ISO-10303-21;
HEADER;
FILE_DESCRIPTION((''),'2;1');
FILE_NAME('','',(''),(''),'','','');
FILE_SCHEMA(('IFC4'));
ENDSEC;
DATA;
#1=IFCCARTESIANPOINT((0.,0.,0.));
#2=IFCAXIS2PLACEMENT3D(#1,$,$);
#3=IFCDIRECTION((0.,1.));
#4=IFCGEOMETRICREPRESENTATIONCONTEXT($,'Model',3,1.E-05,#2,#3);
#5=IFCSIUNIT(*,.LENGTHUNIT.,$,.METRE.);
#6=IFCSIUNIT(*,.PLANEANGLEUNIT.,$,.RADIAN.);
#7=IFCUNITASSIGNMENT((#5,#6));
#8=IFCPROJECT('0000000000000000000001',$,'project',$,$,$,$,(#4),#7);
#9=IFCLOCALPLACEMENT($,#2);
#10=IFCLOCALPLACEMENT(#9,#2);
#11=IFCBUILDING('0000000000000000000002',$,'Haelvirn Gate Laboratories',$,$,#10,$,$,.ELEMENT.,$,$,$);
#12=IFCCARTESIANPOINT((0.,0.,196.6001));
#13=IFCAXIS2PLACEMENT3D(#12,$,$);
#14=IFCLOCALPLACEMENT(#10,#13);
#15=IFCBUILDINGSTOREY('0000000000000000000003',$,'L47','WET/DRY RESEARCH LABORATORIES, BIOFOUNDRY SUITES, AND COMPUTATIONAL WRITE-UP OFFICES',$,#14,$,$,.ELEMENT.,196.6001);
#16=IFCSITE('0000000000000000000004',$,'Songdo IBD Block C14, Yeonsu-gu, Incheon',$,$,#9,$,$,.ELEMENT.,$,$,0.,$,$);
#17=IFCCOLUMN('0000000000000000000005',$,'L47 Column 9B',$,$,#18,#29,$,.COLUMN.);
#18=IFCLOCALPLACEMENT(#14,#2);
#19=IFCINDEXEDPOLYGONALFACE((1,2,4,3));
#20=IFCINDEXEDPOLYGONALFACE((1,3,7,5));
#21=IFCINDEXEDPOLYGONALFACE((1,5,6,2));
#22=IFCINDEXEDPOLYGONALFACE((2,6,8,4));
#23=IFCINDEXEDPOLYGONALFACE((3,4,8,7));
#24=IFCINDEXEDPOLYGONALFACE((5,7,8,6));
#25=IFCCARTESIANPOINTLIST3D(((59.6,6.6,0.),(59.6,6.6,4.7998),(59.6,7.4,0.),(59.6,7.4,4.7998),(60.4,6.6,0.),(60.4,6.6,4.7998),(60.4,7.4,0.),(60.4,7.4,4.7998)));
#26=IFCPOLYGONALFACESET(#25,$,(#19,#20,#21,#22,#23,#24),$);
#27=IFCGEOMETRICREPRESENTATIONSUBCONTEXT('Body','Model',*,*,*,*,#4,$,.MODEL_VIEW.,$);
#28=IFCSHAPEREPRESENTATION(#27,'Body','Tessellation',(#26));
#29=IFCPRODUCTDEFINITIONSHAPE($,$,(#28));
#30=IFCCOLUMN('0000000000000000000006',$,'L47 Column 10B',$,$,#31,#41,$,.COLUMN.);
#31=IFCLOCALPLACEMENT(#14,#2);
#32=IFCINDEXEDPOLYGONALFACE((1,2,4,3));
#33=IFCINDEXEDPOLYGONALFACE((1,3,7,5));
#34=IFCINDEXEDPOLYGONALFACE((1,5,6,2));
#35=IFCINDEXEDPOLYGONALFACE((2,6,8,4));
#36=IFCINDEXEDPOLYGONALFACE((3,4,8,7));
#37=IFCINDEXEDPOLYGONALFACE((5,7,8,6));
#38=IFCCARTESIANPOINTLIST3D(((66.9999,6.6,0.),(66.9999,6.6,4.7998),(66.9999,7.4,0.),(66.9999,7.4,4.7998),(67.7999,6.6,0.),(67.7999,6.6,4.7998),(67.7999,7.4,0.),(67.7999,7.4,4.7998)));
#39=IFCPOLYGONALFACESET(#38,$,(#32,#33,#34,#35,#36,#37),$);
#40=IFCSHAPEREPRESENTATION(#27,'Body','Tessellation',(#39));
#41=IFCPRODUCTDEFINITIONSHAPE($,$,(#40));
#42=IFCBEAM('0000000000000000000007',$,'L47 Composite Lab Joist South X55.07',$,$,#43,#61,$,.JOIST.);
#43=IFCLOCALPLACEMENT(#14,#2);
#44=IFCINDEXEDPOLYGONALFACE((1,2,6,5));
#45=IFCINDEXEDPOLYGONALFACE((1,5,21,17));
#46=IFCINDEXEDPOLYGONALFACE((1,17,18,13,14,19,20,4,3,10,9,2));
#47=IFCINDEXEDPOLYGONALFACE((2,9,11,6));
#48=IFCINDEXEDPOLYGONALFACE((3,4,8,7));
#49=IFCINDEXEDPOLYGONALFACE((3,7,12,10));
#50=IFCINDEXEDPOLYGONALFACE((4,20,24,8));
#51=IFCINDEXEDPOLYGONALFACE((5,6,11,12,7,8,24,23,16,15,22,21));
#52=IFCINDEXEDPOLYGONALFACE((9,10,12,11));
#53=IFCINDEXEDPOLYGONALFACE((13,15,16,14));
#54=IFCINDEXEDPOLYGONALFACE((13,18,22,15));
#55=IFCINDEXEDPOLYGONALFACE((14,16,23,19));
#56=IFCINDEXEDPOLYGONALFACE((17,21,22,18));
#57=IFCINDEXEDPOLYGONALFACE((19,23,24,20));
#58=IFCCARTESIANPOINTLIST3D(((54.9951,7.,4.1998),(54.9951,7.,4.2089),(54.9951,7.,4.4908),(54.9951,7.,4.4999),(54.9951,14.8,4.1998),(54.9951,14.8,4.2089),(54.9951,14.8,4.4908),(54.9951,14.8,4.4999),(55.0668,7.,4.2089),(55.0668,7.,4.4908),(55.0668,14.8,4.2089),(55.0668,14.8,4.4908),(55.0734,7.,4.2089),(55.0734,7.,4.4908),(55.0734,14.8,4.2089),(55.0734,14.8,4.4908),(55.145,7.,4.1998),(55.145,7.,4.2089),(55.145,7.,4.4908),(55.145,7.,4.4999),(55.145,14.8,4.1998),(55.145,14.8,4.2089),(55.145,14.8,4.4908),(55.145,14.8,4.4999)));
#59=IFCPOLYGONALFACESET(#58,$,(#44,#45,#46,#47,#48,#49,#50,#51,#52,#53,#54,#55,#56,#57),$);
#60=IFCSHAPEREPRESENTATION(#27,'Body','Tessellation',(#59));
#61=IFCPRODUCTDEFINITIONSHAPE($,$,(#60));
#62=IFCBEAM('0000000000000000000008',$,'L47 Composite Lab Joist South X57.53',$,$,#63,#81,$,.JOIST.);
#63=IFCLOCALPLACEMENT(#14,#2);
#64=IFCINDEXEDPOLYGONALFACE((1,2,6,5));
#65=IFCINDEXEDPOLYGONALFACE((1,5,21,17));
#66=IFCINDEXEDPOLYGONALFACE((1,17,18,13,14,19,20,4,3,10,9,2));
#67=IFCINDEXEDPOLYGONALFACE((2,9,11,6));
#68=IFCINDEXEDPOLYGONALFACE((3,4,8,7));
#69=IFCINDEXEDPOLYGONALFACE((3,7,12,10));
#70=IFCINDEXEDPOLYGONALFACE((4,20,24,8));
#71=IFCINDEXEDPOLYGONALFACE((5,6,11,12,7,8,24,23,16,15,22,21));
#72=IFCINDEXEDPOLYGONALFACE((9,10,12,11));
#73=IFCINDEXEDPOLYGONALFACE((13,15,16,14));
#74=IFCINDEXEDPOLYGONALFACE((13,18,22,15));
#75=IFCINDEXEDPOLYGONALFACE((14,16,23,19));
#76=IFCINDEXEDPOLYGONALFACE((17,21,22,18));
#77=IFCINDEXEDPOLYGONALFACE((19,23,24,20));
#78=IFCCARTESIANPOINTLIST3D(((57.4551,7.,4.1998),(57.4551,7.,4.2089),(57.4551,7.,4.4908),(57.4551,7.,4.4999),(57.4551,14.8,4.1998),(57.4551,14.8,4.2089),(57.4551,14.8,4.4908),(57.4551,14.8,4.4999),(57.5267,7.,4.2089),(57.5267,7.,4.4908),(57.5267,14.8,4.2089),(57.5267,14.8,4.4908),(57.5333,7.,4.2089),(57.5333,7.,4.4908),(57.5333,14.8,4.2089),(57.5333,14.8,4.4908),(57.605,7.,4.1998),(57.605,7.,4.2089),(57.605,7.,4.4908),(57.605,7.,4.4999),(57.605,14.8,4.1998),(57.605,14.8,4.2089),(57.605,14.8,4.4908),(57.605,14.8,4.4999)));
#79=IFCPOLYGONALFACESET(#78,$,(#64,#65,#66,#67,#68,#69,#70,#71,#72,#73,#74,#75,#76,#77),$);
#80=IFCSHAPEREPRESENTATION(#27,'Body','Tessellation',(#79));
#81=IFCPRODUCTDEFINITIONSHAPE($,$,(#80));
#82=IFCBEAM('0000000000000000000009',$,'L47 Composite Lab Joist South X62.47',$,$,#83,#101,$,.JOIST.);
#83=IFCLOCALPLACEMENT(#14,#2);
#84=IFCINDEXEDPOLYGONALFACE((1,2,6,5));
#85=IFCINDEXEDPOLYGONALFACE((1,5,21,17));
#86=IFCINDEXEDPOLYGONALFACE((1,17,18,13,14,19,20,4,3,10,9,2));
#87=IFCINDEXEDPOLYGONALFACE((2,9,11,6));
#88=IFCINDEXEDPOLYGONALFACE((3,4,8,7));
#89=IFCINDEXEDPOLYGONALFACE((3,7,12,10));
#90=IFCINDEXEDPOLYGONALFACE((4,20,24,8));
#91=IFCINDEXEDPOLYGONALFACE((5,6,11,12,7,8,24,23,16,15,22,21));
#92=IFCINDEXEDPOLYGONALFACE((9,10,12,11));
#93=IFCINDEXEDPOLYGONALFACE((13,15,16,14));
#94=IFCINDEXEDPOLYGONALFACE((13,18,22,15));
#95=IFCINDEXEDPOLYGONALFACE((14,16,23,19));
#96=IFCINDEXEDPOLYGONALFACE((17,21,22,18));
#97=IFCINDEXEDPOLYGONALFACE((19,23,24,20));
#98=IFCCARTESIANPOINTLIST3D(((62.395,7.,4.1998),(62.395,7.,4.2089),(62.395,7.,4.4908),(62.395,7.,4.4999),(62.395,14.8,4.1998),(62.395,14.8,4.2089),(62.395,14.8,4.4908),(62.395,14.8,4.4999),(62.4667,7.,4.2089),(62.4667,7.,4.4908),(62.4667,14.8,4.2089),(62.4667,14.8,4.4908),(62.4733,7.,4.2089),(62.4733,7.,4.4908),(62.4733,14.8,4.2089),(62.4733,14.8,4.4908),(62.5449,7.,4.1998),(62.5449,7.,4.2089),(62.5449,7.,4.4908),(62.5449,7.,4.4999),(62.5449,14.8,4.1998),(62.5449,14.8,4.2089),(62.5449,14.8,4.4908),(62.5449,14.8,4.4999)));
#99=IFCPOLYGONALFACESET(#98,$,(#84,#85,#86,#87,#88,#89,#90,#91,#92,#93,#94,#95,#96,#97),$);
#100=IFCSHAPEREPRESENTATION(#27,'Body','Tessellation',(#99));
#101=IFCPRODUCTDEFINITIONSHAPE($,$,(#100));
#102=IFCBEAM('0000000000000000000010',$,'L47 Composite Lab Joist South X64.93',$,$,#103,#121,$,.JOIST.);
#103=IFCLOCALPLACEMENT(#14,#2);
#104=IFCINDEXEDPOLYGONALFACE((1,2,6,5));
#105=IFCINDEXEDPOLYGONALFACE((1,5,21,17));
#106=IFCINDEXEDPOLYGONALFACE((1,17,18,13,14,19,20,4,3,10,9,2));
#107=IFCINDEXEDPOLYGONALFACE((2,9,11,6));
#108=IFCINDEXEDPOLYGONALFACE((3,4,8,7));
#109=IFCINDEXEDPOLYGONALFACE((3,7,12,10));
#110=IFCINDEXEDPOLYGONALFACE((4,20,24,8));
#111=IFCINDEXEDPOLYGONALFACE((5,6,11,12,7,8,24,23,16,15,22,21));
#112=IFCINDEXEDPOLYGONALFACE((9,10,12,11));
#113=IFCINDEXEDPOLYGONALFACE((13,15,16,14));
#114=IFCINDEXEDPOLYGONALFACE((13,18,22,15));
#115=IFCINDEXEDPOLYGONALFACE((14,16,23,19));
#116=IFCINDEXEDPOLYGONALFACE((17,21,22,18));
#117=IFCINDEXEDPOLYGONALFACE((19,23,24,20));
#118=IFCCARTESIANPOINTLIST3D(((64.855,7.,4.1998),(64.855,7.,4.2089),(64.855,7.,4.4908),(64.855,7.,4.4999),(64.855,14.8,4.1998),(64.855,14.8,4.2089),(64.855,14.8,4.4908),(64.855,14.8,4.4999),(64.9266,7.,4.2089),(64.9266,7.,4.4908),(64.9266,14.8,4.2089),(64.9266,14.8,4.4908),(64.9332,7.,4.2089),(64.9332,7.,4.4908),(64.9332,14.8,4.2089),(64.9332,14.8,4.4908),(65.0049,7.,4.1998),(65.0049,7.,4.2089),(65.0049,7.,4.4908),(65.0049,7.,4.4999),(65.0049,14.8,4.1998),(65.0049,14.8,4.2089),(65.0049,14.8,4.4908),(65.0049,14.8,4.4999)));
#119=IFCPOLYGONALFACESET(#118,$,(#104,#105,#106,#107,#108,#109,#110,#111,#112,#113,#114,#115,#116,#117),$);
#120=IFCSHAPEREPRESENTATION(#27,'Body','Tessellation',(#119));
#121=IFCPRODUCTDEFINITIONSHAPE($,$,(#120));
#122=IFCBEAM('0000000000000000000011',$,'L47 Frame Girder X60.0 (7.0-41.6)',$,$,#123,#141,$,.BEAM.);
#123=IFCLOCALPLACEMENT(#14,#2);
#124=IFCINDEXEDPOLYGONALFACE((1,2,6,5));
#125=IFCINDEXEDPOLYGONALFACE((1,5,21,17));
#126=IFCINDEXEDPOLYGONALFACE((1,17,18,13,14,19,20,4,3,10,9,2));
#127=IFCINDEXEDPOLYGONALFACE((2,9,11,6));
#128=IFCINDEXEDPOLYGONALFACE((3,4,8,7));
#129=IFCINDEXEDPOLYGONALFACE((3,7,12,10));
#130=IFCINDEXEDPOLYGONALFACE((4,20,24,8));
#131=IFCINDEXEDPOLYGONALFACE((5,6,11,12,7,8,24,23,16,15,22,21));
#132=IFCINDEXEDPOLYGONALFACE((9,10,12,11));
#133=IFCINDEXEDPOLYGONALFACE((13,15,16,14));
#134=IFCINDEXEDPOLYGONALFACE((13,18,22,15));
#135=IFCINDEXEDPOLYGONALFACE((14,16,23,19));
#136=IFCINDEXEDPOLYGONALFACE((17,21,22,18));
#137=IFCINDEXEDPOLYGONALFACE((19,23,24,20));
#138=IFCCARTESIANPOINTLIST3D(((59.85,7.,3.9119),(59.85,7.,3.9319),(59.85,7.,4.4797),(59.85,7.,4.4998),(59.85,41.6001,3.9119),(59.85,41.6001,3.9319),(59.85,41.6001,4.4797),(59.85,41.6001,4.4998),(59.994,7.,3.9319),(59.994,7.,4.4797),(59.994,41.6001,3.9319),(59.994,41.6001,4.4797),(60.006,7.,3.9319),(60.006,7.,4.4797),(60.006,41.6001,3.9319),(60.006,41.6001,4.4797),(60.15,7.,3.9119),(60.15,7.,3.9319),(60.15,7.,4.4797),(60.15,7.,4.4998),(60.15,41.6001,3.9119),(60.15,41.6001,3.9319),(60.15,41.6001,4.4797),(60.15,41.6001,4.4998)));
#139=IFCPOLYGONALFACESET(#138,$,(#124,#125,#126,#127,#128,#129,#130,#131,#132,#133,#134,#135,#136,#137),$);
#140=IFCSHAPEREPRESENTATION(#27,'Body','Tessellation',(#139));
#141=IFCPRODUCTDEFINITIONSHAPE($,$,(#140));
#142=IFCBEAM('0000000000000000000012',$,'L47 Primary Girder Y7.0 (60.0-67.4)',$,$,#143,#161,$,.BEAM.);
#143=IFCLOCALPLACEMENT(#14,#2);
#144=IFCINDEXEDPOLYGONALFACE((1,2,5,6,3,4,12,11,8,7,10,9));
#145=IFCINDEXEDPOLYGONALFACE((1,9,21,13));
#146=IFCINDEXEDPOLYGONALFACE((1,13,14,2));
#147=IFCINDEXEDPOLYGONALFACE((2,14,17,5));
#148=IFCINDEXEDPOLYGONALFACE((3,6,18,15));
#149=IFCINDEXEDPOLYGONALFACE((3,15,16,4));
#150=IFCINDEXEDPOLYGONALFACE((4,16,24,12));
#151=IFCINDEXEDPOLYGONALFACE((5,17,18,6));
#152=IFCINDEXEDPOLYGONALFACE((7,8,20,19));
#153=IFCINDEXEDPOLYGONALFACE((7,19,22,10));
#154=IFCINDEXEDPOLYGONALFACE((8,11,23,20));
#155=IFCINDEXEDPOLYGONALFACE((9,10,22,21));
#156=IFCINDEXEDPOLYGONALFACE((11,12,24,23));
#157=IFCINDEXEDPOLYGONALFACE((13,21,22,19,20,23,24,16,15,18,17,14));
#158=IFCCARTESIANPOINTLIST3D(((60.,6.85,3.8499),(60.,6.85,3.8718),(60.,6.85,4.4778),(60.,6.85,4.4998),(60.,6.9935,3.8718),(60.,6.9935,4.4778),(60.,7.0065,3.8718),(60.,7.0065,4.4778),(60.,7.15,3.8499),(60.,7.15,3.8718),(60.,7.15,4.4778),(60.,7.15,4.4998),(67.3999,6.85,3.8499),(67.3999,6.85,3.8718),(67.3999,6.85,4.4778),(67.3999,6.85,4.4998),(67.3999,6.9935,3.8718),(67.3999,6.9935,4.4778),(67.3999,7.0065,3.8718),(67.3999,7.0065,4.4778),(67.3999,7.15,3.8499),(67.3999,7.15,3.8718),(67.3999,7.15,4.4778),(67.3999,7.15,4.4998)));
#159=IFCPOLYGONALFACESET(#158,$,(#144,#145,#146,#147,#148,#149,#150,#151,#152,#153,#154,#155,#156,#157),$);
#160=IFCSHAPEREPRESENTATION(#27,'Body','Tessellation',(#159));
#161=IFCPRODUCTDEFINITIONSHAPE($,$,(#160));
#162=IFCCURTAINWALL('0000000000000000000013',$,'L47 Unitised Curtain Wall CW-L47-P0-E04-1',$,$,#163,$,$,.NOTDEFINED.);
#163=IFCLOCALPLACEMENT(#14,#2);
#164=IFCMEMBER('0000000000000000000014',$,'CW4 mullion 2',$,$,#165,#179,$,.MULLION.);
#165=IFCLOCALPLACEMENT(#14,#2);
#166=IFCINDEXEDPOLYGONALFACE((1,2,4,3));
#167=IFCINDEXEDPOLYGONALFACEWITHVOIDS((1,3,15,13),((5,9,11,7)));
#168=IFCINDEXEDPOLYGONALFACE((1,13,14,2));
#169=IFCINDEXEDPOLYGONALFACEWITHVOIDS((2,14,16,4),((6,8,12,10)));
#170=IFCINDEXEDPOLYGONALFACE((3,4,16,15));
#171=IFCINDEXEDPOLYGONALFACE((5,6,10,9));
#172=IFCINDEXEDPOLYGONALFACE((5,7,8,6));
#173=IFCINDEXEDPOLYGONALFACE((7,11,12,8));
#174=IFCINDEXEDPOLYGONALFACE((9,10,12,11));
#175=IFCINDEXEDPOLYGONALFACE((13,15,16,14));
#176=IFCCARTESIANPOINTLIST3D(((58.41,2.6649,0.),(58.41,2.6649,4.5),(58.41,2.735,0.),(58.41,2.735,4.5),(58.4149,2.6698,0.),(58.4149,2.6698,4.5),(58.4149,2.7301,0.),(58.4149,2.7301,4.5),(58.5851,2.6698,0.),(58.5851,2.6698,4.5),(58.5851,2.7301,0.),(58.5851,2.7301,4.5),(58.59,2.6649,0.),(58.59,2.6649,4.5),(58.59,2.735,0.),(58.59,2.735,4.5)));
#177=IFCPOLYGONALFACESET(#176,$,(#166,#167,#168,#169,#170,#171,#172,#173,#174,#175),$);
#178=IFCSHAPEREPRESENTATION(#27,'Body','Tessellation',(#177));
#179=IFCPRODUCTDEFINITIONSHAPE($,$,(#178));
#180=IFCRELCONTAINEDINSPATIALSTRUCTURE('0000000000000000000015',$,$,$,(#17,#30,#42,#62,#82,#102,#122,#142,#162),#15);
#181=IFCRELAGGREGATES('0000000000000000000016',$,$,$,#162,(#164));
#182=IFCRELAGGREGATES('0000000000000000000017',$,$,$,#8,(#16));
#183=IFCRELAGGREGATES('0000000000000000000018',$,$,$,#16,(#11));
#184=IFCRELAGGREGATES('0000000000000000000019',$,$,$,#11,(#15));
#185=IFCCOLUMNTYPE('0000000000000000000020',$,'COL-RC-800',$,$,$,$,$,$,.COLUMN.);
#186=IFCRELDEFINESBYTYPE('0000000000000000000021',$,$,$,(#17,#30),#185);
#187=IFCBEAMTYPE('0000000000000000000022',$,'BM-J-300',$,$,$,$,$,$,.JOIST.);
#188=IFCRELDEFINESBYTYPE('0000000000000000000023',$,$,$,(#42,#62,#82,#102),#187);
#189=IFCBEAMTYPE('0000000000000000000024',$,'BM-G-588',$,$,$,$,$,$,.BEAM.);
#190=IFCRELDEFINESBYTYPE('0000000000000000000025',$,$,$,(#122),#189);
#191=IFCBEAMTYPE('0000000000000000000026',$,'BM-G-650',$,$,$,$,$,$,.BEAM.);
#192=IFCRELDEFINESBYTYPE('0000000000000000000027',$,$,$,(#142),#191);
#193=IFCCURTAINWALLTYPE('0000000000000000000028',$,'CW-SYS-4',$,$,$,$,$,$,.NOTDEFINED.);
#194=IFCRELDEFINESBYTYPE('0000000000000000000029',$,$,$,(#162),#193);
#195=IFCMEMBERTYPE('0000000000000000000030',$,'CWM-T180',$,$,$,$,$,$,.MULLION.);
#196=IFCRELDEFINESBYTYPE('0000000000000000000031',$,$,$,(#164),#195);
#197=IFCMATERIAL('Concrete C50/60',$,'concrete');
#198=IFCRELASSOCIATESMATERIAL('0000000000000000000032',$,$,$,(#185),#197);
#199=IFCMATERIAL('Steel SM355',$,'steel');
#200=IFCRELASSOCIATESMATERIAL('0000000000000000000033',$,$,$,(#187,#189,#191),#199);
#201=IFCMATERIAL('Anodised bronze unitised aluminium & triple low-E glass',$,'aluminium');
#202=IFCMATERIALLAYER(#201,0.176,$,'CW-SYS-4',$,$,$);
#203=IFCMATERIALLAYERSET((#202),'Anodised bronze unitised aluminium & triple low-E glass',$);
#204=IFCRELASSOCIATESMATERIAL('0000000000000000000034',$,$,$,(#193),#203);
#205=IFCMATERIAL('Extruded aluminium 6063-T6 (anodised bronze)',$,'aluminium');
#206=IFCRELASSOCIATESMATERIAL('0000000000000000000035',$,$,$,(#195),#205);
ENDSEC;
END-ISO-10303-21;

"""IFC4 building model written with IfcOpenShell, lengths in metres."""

from ifc_helpers import new_model, si_unit, direction, frame, origin, origin_2d, place, context, subcontext, project, spatial, rectangle, hollow_rectangle, i_section, extrude, source, transform, mapped, material, layer, layer_set, material_profile, profile_set, type_object, type_shapes, element, aggregate, save


model = new_model("IFC4")

# Units and contexts
model_context = context("Model", 3, precision=1e-05, world=origin(), true_north=direction((0.0, 1.0)))
body_context = subcontext(model_context, "Body", "Model", "MODEL_VIEW")
ifc_project = project(units=[si_unit("LENGTHUNIT", "METRE"), si_unit("PLANEANGLEUNIT", "RADIAN")], contexts=[model_context])

# Site, building, storey
site_placement = place(None, origin())
site = spatial("IfcSite", under=ifc_project, at=site_placement, Name="Songdo IBD Block C14, Yeonsu-gu, Incheon", CompositionType="ELEMENT", RefElevation=0.0)
building_placement = place(site_placement, origin())
building = spatial("IfcBuilding", under=site, at=building_placement, Name="Haelvirn Gate Laboratories", CompositionType="ELEMENT")
storey_placement = place(building_placement, frame((0.0, 0.0, 196.6001)))
storey = spatial("IfcBuildingStorey", under=building, at=storey_placement, Name="L47", Description="WET/DRY RESEARCH LABORATORIES, BIOFOUNDRY SUITES, AND COMPUTATIONAL WRITE-UP OFFICES", CompositionType="ELEMENT", Elevation=196.6001)

# Columns
ifc_material_1 = material(Name="Concrete C50/60", Category="concrete")
ifc_material_profile_1 = material_profile(ifc_material_1, rectangle(XDim=0.8, YDim=0.8, at=origin_2d()), Name="RC-800x800")
ifc_profile_set_1 = profile_set([ifc_material_profile_1], Name="Concrete C50/60")
column_type = type_object("IfcColumnType", Name="COL-RC-800", PredefinedType="COLUMN", material=ifc_profile_set_1)
shared_shape_1 = source(origin(), body_context, "Body", "SweptSolid", [
    extrude(rectangle(XDim=0.8, YDim=0.8, at=origin_2d()), origin(), (0.0, 0.0, 1.0), 4.7998),
])
type_shapes(column_type, [shared_shape_1])
for number, where, z_axis, x_axis, name in (
    (1, (60.0, 7.0, 0.0), (0.0, 0.0, 1.0), (1.0, 0.0, 0.0), "L47 Column 9B"),
    (2, (67.3999, 7.0, 0.0), (0.0, 0.0, 1.0), (1.0, 0.0, 0.0), "L47 Column 10B"),
):
    element("IfcColumn", number, at=place(storey_placement, frame(where, z_axis=z_axis, x_axis=x_axis)), inside=storey, type_object=column_type, Name=name, PredefinedType="COLUMN", context=body_context, shape_type="MappedRepresentation", body=[
        mapped(shared_shape_1, transform((0.0, 0.0, 0.0), scale=1.0)),
    ])

# Beams
ifc_material_2 = material(Name="Steel SM355", Category="steel")
ifc_material_profile_2 = material_profile(ifc_material_2, i_section(OverallWidth=0.1499, OverallDepth=0.3, WebThickness=0.0066, FlangeThickness=0.009, at=origin_2d()), Name="H-300x150x6.5x9")
ifc_profile_set_2 = profile_set([ifc_material_profile_2], Name="Steel SM355")
beam_type_1 = type_object("IfcBeamType", Name="BM-J-300", PredefinedType="JOIST", material=ifc_profile_set_2)
shared_shape_2 = source(origin(), body_context, "Body", "SweptSolid", [
    extrude(i_section(OverallWidth=0.1499, OverallDepth=0.3, WebThickness=0.0066, FlangeThickness=0.009, at=origin_2d()), origin(), (0.0, 0.0, 1.0), 7.8),
])
type_shapes(beam_type_1, [shared_shape_2])
for number, where, z_axis, x_axis, name in (
    (3, (55.0701, 7.0, 4.3499), (0.0, 1.0, 0.0), (-1.0, 0.0, 0.0), "L47 Composite Lab Joist South X55.07"),
    (4, (57.53, 7.0, 4.3499), (0.0, 1.0, 0.0), (-1.0, 0.0, 0.0), "L47 Composite Lab Joist South X57.53"),
    (5, (62.47, 7.0, 4.3499), (0.0, 1.0, 0.0), (-1.0, 0.0, 0.0), "L47 Composite Lab Joist South X62.47"),
    (6, (64.9299, 7.0, 4.3499), (0.0, 1.0, 0.0), (-1.0, 0.0, 0.0), "L47 Composite Lab Joist South X64.93"),
):
    element("IfcBeam", number, at=place(storey_placement, frame(where, z_axis=z_axis, x_axis=x_axis)), inside=storey, type_object=beam_type_1, Name=name, PredefinedType="JOIST", context=body_context, shape_type="MappedRepresentation", body=[
        mapped(shared_shape_2, transform((0.0, 0.0, 0.0), scale=1.0)),
    ])
ifc_material_profile_3 = material_profile(ifc_material_2, i_section(OverallWidth=0.3, OverallDepth=0.5879, WebThickness=0.012, FlangeThickness=0.02, at=origin_2d()), Name="H-588x300x12x20")
ifc_profile_set_3 = profile_set([ifc_material_profile_3], Name="Steel SM355")
beam_type_2 = type_object("IfcBeamType", Name="BM-G-588", PredefinedType="BEAM", material=ifc_profile_set_3)
shared_shape_3 = source(origin(), body_context, "Body", "SweptSolid", [
    extrude(i_section(OverallWidth=0.3, OverallDepth=0.5879, WebThickness=0.012, FlangeThickness=0.02, at=origin_2d()), origin(), (0.0, 0.0, 1.0), 34.6001),
])
type_shapes(beam_type_2, [shared_shape_3])
beam_1_placement = place(storey_placement, frame((60.0, 7.0, 4.2058), z_axis=(0.0, 1.0, 0.0), x_axis=(-1.0, 0.0, 0.0)))
element("IfcBeam", 7, at=beam_1_placement, inside=storey, type_object=beam_type_2, Name="L47 Frame Girder X60.0 (7.0-41.6)", PredefinedType="BEAM", context=body_context, shape_type="MappedRepresentation", body=[
    mapped(shared_shape_3, transform((0.0, 0.0, 0.0), scale=1.0)),
])
ifc_material_profile_4 = material_profile(ifc_material_2, i_section(OverallWidth=0.3, OverallDepth=0.6499, WebThickness=0.0129, FlangeThickness=0.022, at=origin_2d()), Name="H-650x300x13x22")
ifc_profile_set_4 = profile_set([ifc_material_profile_4], Name="Steel SM355")
beam_type_3 = type_object("IfcBeamType", Name="BM-G-650", PredefinedType="BEAM", material=ifc_profile_set_4)
shared_shape_4 = source(origin(), body_context, "Body", "SweptSolid", [
    extrude(i_section(OverallWidth=0.3, OverallDepth=0.6499, WebThickness=0.0129, FlangeThickness=0.022, at=origin_2d()), origin(), (0.0, 0.0, 1.0), 7.3999),
])
type_shapes(beam_type_3, [shared_shape_4])
beam_2_placement = place(storey_placement, frame((60.0, 7.0, 4.1748), z_axis=(1.0, 0.0, 0.0), x_axis=(0.0, 1.0, 0.0)))
element("IfcBeam", 8, at=beam_2_placement, inside=storey, type_object=beam_type_3, Name="L47 Primary Girder Y7.0 (60.0-67.4)", PredefinedType="BEAM", context=body_context, shape_type="MappedRepresentation", body=[
    mapped(shared_shape_4, transform((0.0, 0.0, 0.0), scale=1.0)),
])

# Curtain wall, member
ifc_material_3 = material(Name="Anodised bronze unitised aluminium & triple low-E glass", Category="aluminium")
ifc_layer_1 = layer(ifc_material_3, 0.176, Name="CW-SYS-4")
ifc_layer_set_1 = layer_set([ifc_layer_1], Name="Anodised bronze unitised aluminium & triple low-E glass")
curtain_wall_type_1 = type_object("IfcCurtainWallType", Name="CW-SYS-4", PredefinedType="NOTDEFINED", material=ifc_layer_set_1)
curtain_wall_1_placement = place(storey_placement, origin())
curtain_wall_1 = element("IfcCurtainWall", 9, at=curtain_wall_1_placement, inside=storey, type_object=curtain_wall_type_1, Name="L47 Unitised Curtain Wall CW-L47-P0-E04-1", PredefinedType="NOTDEFINED")
ifc_material_4 = material(Name="Extruded aluminium 6063-T6 (anodised bronze)", Category="aluminium")
ifc_material_profile_5 = material_profile(ifc_material_4, hollow_rectangle(XDim=0.0701, YDim=0.1799, WallThickness=0.0049, at=origin_2d()), Name="CWM-180x70x5")
ifc_profile_set_5 = profile_set([ifc_material_profile_5], Name="Extruded aluminium 6063-T6 (anodised bronze)")
member_type_1 = type_object("IfcMemberType", Name="CWM-T180", PredefinedType="MULLION", material=ifc_profile_set_5)
shared_shape_5 = source(origin(), body_context, "Body", "SweptSolid", [
    extrude(hollow_rectangle(XDim=0.0701, YDim=0.1799, WallThickness=0.0049, at=origin_2d()), origin(), (0.0, 0.0, 1.0), 4.5),
])
type_shapes(member_type_1, [shared_shape_5])
member_1_placement = place(storey_placement, frame((58.5, 2.7, 0.0), z_axis=(0.0, 0.0, 1.0), x_axis=(0.0, 1.0, 0.0)))
member_1 = element("IfcMember", 10, at=member_1_placement, type_object=member_type_1, Name="CW4 mullion 2", PredefinedType="MULLION", context=body_context, shape_type="MappedRepresentation", body=[
    mapped(shared_shape_5, transform((0.0, 0.0, 0.0), scale=1.0)),
])

aggregate(curtain_wall_1, [member_1])

save(model, "model.ifc")
